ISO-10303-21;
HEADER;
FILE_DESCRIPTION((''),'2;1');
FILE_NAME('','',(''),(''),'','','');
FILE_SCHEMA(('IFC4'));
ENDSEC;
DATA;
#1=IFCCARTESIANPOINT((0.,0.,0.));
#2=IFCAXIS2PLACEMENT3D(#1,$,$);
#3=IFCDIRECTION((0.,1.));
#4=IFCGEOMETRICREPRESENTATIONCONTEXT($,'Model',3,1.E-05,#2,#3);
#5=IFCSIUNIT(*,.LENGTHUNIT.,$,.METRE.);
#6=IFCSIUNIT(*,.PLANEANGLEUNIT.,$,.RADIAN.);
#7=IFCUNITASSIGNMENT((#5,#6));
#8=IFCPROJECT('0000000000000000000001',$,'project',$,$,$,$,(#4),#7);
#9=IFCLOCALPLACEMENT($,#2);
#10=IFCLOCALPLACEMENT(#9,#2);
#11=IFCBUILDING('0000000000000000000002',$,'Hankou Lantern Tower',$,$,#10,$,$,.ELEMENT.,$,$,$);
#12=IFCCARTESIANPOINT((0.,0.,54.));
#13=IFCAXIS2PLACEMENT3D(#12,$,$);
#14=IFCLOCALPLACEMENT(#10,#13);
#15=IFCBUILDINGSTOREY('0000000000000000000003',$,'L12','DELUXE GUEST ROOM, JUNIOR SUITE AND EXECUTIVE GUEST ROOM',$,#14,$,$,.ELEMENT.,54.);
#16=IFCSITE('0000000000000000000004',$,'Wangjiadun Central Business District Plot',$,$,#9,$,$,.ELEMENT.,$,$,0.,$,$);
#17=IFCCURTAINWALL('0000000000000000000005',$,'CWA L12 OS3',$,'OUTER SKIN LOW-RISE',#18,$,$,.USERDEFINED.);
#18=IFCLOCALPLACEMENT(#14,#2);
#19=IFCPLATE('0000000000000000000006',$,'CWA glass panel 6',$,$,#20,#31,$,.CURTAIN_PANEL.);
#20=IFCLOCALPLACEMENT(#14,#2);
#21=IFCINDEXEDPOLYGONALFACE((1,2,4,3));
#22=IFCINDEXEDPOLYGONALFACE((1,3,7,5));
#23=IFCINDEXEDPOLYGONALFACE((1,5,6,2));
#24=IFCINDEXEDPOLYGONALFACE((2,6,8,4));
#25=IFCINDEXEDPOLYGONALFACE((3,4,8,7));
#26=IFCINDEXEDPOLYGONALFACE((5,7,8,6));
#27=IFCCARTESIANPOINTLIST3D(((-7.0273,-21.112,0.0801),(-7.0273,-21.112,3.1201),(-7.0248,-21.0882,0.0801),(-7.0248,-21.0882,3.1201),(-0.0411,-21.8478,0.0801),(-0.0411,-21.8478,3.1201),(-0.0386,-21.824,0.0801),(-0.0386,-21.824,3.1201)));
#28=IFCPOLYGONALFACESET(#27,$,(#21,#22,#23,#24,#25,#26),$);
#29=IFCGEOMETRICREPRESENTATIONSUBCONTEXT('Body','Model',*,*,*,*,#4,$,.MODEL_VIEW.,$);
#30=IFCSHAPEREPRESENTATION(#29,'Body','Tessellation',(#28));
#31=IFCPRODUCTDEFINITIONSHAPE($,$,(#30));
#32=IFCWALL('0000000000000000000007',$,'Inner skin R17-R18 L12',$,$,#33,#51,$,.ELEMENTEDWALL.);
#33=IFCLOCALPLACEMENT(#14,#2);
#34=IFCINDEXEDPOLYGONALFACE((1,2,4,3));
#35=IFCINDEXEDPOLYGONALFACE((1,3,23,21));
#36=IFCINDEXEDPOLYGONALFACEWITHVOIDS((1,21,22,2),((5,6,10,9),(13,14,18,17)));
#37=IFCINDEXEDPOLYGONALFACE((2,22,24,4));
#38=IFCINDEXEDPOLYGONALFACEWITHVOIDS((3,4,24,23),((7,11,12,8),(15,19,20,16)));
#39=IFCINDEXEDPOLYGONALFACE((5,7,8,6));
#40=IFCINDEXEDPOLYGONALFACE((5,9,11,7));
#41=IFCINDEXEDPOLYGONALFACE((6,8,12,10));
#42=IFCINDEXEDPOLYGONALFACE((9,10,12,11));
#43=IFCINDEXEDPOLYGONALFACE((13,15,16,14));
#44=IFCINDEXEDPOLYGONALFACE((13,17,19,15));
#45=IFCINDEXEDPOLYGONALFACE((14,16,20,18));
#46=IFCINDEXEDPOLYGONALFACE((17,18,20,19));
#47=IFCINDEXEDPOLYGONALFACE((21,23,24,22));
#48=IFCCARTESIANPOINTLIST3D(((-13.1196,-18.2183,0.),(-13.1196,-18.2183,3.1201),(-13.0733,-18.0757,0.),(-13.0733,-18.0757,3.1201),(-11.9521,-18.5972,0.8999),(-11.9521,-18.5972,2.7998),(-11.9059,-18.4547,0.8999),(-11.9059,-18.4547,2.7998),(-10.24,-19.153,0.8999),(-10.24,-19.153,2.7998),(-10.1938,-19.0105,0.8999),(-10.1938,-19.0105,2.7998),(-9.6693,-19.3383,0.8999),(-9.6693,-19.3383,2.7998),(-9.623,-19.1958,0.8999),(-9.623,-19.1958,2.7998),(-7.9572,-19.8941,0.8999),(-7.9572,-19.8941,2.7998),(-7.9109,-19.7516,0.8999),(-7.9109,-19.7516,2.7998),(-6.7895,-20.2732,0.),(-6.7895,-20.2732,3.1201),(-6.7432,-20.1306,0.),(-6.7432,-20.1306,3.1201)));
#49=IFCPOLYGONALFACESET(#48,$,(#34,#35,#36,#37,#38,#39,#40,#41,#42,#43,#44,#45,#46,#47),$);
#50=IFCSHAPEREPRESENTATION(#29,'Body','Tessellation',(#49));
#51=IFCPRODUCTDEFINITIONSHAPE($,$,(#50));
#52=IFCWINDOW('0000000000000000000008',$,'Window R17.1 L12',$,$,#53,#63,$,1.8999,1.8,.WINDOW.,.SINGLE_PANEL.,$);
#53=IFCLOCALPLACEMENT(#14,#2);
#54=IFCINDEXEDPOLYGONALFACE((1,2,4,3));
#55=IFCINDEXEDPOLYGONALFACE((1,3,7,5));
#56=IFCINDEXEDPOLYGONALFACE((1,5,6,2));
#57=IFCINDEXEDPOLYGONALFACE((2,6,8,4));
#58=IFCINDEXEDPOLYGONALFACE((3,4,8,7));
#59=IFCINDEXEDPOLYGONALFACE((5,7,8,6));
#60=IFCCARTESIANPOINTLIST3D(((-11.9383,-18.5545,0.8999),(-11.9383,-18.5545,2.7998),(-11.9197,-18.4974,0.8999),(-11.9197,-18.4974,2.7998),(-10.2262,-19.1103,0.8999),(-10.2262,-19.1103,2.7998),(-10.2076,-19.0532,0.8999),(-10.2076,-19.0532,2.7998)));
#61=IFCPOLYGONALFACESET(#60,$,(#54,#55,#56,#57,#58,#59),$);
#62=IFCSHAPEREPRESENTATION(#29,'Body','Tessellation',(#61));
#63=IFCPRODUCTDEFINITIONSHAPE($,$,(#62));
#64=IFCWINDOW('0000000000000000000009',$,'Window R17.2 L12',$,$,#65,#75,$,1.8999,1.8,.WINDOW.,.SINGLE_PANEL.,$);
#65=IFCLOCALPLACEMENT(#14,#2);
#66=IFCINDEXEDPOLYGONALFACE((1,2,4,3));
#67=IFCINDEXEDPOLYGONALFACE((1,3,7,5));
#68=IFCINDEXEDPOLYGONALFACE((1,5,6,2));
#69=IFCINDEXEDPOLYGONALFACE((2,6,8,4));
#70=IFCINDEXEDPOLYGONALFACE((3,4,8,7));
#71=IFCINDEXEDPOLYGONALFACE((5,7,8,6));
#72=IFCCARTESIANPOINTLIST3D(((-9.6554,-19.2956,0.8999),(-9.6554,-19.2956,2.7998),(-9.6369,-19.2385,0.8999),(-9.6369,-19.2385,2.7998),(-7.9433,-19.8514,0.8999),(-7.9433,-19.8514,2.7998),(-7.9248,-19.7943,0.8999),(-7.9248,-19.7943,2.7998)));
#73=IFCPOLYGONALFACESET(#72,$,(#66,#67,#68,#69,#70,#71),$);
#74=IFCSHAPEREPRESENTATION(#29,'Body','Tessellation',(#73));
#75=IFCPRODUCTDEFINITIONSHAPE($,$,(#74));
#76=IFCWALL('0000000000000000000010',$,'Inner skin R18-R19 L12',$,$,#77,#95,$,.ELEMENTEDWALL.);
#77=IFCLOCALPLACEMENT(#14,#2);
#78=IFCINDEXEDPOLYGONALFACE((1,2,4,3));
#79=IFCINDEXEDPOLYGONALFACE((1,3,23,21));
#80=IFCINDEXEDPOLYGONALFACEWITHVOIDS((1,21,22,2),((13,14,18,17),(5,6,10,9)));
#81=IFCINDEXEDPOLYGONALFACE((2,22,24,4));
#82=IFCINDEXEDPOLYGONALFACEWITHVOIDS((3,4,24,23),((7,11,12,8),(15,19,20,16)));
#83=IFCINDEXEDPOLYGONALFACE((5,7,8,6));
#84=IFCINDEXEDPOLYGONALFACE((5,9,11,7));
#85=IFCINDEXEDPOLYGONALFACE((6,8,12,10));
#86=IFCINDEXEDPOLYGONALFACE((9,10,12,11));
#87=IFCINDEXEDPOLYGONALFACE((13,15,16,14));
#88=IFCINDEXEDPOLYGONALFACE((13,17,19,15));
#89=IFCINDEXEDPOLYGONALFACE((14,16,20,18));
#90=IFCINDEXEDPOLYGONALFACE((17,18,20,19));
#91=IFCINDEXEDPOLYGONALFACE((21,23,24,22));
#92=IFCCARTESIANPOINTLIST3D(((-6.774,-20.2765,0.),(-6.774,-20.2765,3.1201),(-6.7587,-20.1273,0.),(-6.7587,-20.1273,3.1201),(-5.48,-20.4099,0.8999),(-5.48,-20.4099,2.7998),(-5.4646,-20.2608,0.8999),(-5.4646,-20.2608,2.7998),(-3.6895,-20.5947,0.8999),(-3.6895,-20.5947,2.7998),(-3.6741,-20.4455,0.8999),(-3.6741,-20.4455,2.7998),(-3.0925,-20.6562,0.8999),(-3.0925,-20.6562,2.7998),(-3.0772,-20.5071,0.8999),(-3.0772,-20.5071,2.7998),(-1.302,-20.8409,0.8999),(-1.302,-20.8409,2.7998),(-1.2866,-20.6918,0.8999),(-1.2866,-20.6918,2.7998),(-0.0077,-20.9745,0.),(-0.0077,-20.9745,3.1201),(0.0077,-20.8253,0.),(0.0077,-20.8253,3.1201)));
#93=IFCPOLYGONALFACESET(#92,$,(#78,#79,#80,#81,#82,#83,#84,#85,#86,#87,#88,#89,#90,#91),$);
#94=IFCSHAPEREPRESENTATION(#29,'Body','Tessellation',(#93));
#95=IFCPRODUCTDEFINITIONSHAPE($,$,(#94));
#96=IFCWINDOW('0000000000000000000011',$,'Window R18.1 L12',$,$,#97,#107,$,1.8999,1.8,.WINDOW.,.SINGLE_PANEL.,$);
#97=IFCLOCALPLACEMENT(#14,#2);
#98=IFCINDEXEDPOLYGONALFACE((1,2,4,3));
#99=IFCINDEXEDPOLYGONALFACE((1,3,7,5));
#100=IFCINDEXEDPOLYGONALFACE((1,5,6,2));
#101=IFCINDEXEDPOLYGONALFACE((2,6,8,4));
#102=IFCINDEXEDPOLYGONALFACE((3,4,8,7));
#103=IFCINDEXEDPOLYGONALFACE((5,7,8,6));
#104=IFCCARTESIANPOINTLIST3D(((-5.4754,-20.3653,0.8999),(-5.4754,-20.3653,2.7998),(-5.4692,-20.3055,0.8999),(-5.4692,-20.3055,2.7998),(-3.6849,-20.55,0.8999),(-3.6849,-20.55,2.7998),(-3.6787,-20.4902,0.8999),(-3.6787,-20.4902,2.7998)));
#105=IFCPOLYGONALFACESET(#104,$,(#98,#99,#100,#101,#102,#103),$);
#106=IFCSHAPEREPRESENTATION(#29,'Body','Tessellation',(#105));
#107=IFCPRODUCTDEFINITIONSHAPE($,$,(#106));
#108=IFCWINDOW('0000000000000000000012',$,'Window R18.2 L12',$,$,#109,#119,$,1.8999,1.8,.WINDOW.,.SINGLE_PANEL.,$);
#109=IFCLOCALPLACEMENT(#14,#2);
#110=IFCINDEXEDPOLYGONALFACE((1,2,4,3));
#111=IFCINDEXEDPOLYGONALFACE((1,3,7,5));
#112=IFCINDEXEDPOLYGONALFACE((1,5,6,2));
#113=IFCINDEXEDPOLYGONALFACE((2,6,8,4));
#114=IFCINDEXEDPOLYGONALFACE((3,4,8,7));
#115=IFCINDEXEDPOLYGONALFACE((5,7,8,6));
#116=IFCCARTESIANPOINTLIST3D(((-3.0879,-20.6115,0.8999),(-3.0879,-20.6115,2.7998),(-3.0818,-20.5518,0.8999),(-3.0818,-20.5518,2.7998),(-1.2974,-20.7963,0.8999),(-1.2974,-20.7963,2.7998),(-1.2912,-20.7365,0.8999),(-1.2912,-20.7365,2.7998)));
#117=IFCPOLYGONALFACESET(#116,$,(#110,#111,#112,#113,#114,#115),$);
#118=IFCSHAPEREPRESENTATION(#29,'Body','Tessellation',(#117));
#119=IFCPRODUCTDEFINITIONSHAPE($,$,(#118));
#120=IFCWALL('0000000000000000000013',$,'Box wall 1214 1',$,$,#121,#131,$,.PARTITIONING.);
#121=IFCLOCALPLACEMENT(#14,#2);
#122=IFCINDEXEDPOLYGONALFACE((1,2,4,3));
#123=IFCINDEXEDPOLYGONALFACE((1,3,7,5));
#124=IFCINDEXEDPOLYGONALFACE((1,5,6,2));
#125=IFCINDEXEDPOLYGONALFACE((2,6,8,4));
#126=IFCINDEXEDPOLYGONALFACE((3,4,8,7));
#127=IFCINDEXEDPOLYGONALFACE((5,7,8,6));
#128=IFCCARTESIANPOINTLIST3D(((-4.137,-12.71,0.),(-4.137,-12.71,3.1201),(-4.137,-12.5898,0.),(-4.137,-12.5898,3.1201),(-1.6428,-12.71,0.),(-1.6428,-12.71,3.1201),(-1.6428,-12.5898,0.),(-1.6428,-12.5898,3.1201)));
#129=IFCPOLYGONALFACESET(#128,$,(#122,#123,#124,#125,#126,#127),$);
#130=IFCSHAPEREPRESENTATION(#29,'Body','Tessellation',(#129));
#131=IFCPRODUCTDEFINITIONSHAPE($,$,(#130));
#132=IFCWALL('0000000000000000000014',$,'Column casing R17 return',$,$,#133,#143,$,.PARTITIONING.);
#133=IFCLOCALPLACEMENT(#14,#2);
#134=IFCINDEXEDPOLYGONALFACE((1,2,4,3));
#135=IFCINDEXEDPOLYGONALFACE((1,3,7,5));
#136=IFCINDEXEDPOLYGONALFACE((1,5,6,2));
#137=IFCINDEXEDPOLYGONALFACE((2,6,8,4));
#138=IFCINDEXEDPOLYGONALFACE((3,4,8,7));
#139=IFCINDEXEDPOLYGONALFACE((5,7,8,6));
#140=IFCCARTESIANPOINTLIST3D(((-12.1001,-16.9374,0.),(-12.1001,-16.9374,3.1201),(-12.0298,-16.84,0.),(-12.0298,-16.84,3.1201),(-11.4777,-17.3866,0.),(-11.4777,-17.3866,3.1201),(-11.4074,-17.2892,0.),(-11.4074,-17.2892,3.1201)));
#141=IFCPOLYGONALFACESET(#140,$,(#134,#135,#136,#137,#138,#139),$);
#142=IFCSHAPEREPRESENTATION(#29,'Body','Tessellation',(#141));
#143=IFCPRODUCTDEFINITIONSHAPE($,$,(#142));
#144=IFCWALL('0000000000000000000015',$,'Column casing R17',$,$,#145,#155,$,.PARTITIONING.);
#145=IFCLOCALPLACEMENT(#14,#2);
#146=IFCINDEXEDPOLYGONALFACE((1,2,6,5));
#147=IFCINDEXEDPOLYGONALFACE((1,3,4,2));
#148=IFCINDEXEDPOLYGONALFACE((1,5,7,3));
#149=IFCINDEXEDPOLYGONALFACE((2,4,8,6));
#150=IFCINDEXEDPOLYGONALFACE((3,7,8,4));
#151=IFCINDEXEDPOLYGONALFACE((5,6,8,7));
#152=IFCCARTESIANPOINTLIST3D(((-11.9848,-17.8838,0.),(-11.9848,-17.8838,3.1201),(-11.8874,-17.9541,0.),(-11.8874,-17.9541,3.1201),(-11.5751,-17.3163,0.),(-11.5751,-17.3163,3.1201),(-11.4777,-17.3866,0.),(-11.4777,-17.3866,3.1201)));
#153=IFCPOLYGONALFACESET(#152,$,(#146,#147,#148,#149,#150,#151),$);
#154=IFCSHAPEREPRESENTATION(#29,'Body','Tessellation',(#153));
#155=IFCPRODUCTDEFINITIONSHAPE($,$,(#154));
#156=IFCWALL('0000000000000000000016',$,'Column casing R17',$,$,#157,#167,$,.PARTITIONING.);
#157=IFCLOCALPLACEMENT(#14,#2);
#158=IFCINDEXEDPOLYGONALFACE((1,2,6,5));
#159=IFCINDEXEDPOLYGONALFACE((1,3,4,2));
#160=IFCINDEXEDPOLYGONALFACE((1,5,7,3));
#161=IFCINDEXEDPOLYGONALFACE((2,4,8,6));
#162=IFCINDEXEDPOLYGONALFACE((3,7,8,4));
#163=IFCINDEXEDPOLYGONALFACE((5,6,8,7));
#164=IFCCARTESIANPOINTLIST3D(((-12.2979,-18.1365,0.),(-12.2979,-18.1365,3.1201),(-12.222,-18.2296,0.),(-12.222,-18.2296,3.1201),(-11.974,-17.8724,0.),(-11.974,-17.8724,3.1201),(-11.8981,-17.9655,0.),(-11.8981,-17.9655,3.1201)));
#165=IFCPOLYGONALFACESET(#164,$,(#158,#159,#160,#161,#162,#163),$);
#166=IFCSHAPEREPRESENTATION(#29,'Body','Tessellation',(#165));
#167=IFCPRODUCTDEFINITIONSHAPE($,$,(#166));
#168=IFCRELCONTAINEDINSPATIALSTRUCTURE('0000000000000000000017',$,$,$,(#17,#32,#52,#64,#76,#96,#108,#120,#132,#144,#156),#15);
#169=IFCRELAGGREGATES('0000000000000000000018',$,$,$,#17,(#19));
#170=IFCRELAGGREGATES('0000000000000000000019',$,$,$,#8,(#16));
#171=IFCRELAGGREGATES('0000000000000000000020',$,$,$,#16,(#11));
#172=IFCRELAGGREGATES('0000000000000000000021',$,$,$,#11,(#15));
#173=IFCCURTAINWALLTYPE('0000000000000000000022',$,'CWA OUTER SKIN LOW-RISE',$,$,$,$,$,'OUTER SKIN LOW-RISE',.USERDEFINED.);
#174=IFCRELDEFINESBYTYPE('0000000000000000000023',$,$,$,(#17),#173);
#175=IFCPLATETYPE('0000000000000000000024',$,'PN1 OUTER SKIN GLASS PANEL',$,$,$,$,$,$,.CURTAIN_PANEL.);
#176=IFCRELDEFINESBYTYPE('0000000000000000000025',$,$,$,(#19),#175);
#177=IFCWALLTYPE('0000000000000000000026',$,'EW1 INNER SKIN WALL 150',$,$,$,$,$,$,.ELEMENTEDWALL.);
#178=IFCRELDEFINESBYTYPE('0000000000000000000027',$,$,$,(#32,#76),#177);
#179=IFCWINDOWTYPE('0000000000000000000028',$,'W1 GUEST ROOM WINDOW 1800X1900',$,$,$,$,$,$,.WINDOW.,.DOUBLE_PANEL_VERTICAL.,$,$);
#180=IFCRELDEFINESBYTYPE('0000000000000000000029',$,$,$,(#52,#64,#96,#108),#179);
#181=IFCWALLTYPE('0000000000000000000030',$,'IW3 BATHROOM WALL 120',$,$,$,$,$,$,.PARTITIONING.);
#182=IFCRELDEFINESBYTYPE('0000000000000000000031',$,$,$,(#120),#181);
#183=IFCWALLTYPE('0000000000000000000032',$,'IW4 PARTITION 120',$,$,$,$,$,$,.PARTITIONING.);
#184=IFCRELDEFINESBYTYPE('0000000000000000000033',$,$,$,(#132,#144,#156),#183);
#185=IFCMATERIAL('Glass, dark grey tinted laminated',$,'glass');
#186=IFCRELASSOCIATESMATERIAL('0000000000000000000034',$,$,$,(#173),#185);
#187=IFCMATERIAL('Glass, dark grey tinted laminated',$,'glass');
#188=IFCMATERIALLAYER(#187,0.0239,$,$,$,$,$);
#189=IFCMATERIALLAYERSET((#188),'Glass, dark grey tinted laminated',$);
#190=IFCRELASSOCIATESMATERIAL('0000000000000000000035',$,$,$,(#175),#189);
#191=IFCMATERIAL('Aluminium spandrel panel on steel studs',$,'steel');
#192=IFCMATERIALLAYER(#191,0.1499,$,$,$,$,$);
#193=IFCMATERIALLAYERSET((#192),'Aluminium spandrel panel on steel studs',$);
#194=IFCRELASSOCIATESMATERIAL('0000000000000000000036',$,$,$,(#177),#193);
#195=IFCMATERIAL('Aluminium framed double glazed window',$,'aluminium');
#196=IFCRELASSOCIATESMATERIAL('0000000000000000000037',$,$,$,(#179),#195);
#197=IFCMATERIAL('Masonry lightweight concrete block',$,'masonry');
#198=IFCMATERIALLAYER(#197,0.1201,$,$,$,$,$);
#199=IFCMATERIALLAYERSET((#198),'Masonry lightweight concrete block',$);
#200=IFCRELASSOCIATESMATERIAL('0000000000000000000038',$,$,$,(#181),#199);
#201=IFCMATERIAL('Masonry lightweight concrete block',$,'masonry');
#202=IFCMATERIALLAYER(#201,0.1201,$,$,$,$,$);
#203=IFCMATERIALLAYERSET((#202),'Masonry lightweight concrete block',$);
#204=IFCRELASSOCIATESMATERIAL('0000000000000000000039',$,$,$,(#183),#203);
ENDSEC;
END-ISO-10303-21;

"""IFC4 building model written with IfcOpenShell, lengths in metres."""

from ifc_helpers import new_model, si_unit, direction, frame, frame_2d, origin, origin_2d, place, context, subcontext, project, spatial, rectangle, extrude, material, layer, layer_set, type_object, element, fill, aggregate, save


model = new_model("IFC4")

# Units and contexts
model_context = context("Model", 3, precision=1e-05, world=origin(), true_north=direction((0.0, 1.0)))
body_context = subcontext(model_context, "Body", "Model", "MODEL_VIEW")
ifc_project = project(units=[si_unit("LENGTHUNIT", "METRE"), si_unit("PLANEANGLEUNIT", "RADIAN")], contexts=[model_context])

# Site, building, storey
site_placement = place(None, origin())
site = spatial("IfcSite", under=ifc_project, at=site_placement, Name="Wangjiadun Central Business District Plot", CompositionType="ELEMENT", RefElevation=0.0)
building_placement = place(site_placement, origin())
building = spatial("IfcBuilding", under=site, at=building_placement, Name="Hankou Lantern Tower", CompositionType="ELEMENT")
storey_placement = place(building_placement, frame((0.0, 0.0, 54.0)))
storey = spatial("IfcBuildingStorey", under=building, at=storey_placement, Name="L12", Description="DELUXE GUEST ROOM, JUNIOR SUITE AND EXECUTIVE GUEST ROOM", CompositionType="ELEMENT", Elevation=54.0)

# Curtain wall
ifc_material_1 = material(Name="Glass, dark grey tinted laminated", Category="glass")
curtain_wall_type = type_object("IfcCurtainWallType", Name="CWA OUTER SKIN LOW-RISE", ElementType="OUTER SKIN LOW-RISE", PredefinedType="USERDEFINED", material=ifc_material_1)
curtain_wall_placement = place(storey_placement, origin())
curtain_wall = element("IfcCurtainWall", 1, at=curtain_wall_placement, inside=storey, type_object=curtain_wall_type, Name="CWA L12 OS3", ObjectType="OUTER SKIN LOW-RISE", PredefinedType="USERDEFINED")

# Plate
ifc_material_2 = material(Name="Glass, dark grey tinted laminated", Category="glass")
ifc_layer_1 = layer(ifc_material_2, 0.0239)
ifc_layer_set_1 = layer_set([ifc_layer_1], Name="Glass, dark grey tinted laminated")
plate_type = type_object("IfcPlateType", Name="PN1 OUTER SKIN GLASS PANEL", PredefinedType="CURTAIN_PANEL", material=ifc_layer_set_1)
plate_1_placement = place(storey_placement, frame((-3.533, -21.468, 0.0801), z_axis=(0.0, 0.0, 1.0), x_axis=(0.994499, -0.104743, 0.0)))
plate_1 = element("IfcPlate", 2, at=plate_1_placement, type_object=plate_type, Name="CWA glass panel 6", PredefinedType="CURTAIN_PANEL", context=body_context, shape_type="SweptSolid", body=[
    extrude(rectangle(XDim=7.0249, YDim=0.0239, at=origin_2d()), origin(), (0.0, 0.0, 1.0), 3.04),
])
aggregate(curtain_wall, [plate_1])

# Walls, openings, windows
ifc_material_3 = material(Name="Aluminium spandrel panel on steel studs", Category="steel")
ifc_layer_2 = layer(ifc_material_3, 0.1499)
ifc_layer_set_2 = layer_set([ifc_layer_2], Name="Aluminium spandrel panel on steel studs")
wall_type_1 = type_object("IfcWallType", Name="EW1 INNER SKIN WALL 150", PredefinedType="ELEMENTEDWALL", material=ifc_layer_set_2)
wall_1_placement = place(storey_placement, frame((-13.0964, -18.147, 0.0), z_axis=(0.0, 0.0, 1.0), x_axis=(0.951138, -0.308768, 0.0)))
wall_1 = element("IfcWall", 3, at=wall_1_placement, inside=storey, type_object=wall_type_1, Name="Inner skin R17-R18 L12", PredefinedType="ELEMENTEDWALL", context=body_context, shape_type="SweptSolid", body=[
    extrude(rectangle(XDim=6.6553, YDim=0.1499, at=frame_2d((3.3276, 0.0))), origin(), (0.0, 0.0, 1.0), 3.1201),
])
opening_1_placement = place(wall_1_placement, frame((1.2275, 0.0, 0.8999)))
opening_1 = element("IfcOpeningElement", 4, at=opening_1_placement, cuts=wall_1, PredefinedType="OPENING", context=body_context, shape_type="SweptSolid", body=[
    extrude(rectangle(XDim=1.8, YDim=1.8999, at=frame_2d((0.8999, 0.95))), frame((0.0, 0.085, 0.0), z_axis=(0.0, -1.0, 0.0), x_axis=(1.0, 0.0, 0.0)), (0.0, 0.0, 1.0), 0.1699),
])
opening_2_placement = place(wall_1_placement, frame((3.6277, 0.0, 0.8999)))
opening_2 = element("IfcOpeningElement", 5, at=opening_2_placement, cuts=wall_1, PredefinedType="OPENING", context=body_context, shape_type="SweptSolid", body=[
    extrude(rectangle(XDim=1.8, YDim=1.8999, at=frame_2d((0.8999, 0.95))), frame((0.0, 0.085, 0.0), z_axis=(0.0, -1.0, 0.0), x_axis=(1.0, 0.0, 0.0)), (0.0, 0.0, 1.0), 0.1699),
])
ifc_material_4 = material(Name="Aluminium framed double glazed window", Category="aluminium")
window_type = type_object("IfcWindowType", Name="W1 GUEST ROOM WINDOW 1800X1900", PartitioningType="DOUBLE_PANEL_VERTICAL", PredefinedType="WINDOW", material=ifc_material_4)
window_1_placement = place(opening_1_placement, origin())
window_1 = element("IfcWindow", 6, at=window_1_placement, inside=storey, type_object=window_type, Name="Window R17.1 L12", OverallHeight=1.8999, OverallWidth=1.8, PartitioningType="SINGLE_PANEL", PredefinedType="WINDOW", context=body_context, shape_type="SweptSolid", body=[
    extrude(rectangle(XDim=1.8, YDim=1.8999, at=frame_2d((0.8999, 0.95))), frame((0.0, 0.03, 0.0), z_axis=(0.0, -1.0, 0.0), x_axis=(1.0, 0.0, 0.0)), (0.0, 0.0, 1.0), 0.0601),
])
fill(opening_1, window_1)
window_2_placement = place(opening_2_placement, origin())
window_2 = element("IfcWindow", 7, at=window_2_placement, inside=storey, type_object=window_type, Name="Window R17.2 L12", OverallHeight=1.8999, OverallWidth=1.8, PartitioningType="SINGLE_PANEL", PredefinedType="WINDOW", context=body_context, shape_type="SweptSolid", body=[
    extrude(rectangle(XDim=1.8, YDim=1.8999, at=frame_2d((0.8999, 0.95))), frame((0.0, 0.03, 0.0), z_axis=(0.0, -1.0, 0.0), x_axis=(1.0, 0.0, 0.0)), (0.0, 0.0, 1.0), 0.0601),
])
fill(opening_2, window_2)
wall_2_placement = place(storey_placement, frame((-6.7664, -20.2019, 0.0), z_axis=(0.0, 0.0, 1.0), x_axis=(0.994721, -0.102613, 0.0)))
wall_2 = element("IfcWall", 8, at=wall_2_placement, inside=storey, type_object=wall_type_1, Name="Inner skin R18-R19 L12", PredefinedType="ELEMENTEDWALL", context=body_context, shape_type="SweptSolid", body=[
    extrude(rectangle(XDim=6.8022, YDim=0.1499, at=frame_2d((3.4011, 0.0))), origin(), (0.0, 0.0, 1.0), 3.1201),
])
opening_3_placement = place(wall_2_placement, frame((1.301, 0.0, 0.8999)))
opening_3 = element("IfcOpeningElement", 9, at=opening_3_placement, cuts=wall_2, PredefinedType="OPENING", context=body_context, shape_type="SweptSolid", body=[
    extrude(rectangle(XDim=1.8, YDim=1.8999, at=frame_2d((0.8999, 0.95))), frame((0.0, 0.085, 0.0), z_axis=(0.0, -1.0, 0.0), x_axis=(1.0, 0.0, 0.0)), (0.0, 0.0, 1.0), 0.1699),
])
opening_4_placement = place(wall_2_placement, frame((3.7012, 0.0, 0.8999)))
opening_4 = element("IfcOpeningElement", 10, at=opening_4_placement, cuts=wall_2, PredefinedType="OPENING", context=body_context, shape_type="SweptSolid", body=[
    extrude(rectangle(XDim=1.8, YDim=1.8999, at=frame_2d((0.8999, 0.95))), frame((0.0, 0.085, 0.0), z_axis=(0.0, -1.0, 0.0), x_axis=(1.0, 0.0, 0.0)), (0.0, 0.0, 1.0), 0.1699),
])
window_3_placement = place(opening_3_placement, origin())
window_3 = element("IfcWindow", 11, at=window_3_placement, inside=storey, type_object=window_type, Name="Window R18.1 L12", OverallHeight=1.8999, OverallWidth=1.8, PartitioningType="SINGLE_PANEL", PredefinedType="WINDOW", context=body_context, shape_type="SweptSolid", body=[
    extrude(rectangle(XDim=1.8, YDim=1.8999, at=frame_2d((0.8999, 0.95))), frame((0.0, 0.03, 0.0), z_axis=(0.0, -1.0, 0.0), x_axis=(1.0, 0.0, 0.0)), (0.0, 0.0, 1.0), 0.0601),
])
fill(opening_3, window_3)
window_4_placement = place(opening_4_placement, origin())
window_4 = element("IfcWindow", 12, at=window_4_placement, inside=storey, type_object=window_type, Name="Window R18.2 L12", OverallHeight=1.8999, OverallWidth=1.8, PartitioningType="SINGLE_PANEL", PredefinedType="WINDOW", context=body_context, shape_type="SweptSolid", body=[
    extrude(rectangle(XDim=1.8, YDim=1.8999, at=frame_2d((0.8999, 0.95))), frame((0.0, 0.03, 0.0), z_axis=(0.0, -1.0, 0.0), x_axis=(1.0, 0.0, 0.0)), (0.0, 0.0, 1.0), 0.0601),
])
fill(opening_4, window_4)

# Walls
ifc_material_5 = material(Name="Masonry lightweight concrete block", Category="masonry")
ifc_layer_3 = layer(ifc_material_5, 0.1201)
ifc_layer_set_3 = layer_set([ifc_layer_3], Name="Masonry lightweight concrete block")
wall_type_2 = type_object("IfcWallType", Name="IW3 BATHROOM WALL 120", PredefinedType="PARTITIONING", material=ifc_layer_set_3)
wall_3_placement = place(storey_placement, frame((-4.137, -12.6499, 0.0), z_axis=(0.0, 0.0, 1.0), x_axis=(1.0, 0.0, 0.0)))
element("IfcWall", 13, at=wall_3_placement, inside=storey, type_object=wall_type_2, Name="Box wall 1214 1", PredefinedType="PARTITIONING", context=body_context, shape_type="SweptSolid", body=[
    extrude(rectangle(XDim=2.4941, YDim=0.1201, at=frame_2d((1.2471, 0.0))), origin(), (0.0, 0.0, 1.0), 3.1201),
])
ifc_material_6 = material(Name="Masonry lightweight concrete block", Category="masonry")
ifc_layer_4 = layer(ifc_material_6, 0.1201)
ifc_layer_set_4 = layer_set([ifc_layer_4], Name="Masonry lightweight concrete block")
wall_type_3 = type_object("IfcWallType", Name="IW4 PARTITION 120", PredefinedType="PARTITIONING", material=ifc_layer_set_4)
wall_4_placement = place(storey_placement, frame((-12.0649, -16.8887, 0.0), z_axis=(0.0, 0.0, 1.0), x_axis=(0.810822, -0.585293, 0.0)))
element("IfcWall", 14, at=wall_4_placement, inside=storey, type_object=wall_type_3, Name="Column casing R17 return", PredefinedType="PARTITIONING", context=body_context, shape_type="SweptSolid", body=[
    extrude(rectangle(XDim=0.7676, YDim=0.1201, at=frame_2d((0.3838, 0.0))), origin(), (0.0, 0.0, 1.0), 3.1201),
])
wall_5_placement = place(storey_placement, frame((-11.5264, -17.3513, 0.0), z_axis=(0.0, 0.0, 1.0), x_axis=(-0.585223, -0.810872, 0.0)))
element("IfcWall", 15, at=wall_5_placement, inside=storey, type_object=wall_type_3, Name="Column casing R17", PredefinedType="PARTITIONING", context=body_context, shape_type="SweptSolid", body=[
    extrude(rectangle(XDim=0.7, YDim=0.1201, at=frame_2d((0.3501, 0.0))), origin(), (0.0, 0.0, 1.0), 3.1201),
])
wall_6_placement = place(storey_placement, frame((-11.936, -17.9189, 0.0), z_axis=(0.0, 0.0, 1.0), x_axis=(-0.775023, -0.631933, 0.0)))
element("IfcWall", 16, at=wall_6_placement, inside=storey, type_object=wall_type_3, Name="Column casing R17", PredefinedType="PARTITIONING", context=body_context, shape_type="SweptSolid", body=[
    extrude(rectangle(XDim=0.418, YDim=0.1201, at=frame_2d((0.209, 0.0))), origin(), (0.0, 0.0, 1.0), 3.1201),
])

save(model, "model.ifc")
